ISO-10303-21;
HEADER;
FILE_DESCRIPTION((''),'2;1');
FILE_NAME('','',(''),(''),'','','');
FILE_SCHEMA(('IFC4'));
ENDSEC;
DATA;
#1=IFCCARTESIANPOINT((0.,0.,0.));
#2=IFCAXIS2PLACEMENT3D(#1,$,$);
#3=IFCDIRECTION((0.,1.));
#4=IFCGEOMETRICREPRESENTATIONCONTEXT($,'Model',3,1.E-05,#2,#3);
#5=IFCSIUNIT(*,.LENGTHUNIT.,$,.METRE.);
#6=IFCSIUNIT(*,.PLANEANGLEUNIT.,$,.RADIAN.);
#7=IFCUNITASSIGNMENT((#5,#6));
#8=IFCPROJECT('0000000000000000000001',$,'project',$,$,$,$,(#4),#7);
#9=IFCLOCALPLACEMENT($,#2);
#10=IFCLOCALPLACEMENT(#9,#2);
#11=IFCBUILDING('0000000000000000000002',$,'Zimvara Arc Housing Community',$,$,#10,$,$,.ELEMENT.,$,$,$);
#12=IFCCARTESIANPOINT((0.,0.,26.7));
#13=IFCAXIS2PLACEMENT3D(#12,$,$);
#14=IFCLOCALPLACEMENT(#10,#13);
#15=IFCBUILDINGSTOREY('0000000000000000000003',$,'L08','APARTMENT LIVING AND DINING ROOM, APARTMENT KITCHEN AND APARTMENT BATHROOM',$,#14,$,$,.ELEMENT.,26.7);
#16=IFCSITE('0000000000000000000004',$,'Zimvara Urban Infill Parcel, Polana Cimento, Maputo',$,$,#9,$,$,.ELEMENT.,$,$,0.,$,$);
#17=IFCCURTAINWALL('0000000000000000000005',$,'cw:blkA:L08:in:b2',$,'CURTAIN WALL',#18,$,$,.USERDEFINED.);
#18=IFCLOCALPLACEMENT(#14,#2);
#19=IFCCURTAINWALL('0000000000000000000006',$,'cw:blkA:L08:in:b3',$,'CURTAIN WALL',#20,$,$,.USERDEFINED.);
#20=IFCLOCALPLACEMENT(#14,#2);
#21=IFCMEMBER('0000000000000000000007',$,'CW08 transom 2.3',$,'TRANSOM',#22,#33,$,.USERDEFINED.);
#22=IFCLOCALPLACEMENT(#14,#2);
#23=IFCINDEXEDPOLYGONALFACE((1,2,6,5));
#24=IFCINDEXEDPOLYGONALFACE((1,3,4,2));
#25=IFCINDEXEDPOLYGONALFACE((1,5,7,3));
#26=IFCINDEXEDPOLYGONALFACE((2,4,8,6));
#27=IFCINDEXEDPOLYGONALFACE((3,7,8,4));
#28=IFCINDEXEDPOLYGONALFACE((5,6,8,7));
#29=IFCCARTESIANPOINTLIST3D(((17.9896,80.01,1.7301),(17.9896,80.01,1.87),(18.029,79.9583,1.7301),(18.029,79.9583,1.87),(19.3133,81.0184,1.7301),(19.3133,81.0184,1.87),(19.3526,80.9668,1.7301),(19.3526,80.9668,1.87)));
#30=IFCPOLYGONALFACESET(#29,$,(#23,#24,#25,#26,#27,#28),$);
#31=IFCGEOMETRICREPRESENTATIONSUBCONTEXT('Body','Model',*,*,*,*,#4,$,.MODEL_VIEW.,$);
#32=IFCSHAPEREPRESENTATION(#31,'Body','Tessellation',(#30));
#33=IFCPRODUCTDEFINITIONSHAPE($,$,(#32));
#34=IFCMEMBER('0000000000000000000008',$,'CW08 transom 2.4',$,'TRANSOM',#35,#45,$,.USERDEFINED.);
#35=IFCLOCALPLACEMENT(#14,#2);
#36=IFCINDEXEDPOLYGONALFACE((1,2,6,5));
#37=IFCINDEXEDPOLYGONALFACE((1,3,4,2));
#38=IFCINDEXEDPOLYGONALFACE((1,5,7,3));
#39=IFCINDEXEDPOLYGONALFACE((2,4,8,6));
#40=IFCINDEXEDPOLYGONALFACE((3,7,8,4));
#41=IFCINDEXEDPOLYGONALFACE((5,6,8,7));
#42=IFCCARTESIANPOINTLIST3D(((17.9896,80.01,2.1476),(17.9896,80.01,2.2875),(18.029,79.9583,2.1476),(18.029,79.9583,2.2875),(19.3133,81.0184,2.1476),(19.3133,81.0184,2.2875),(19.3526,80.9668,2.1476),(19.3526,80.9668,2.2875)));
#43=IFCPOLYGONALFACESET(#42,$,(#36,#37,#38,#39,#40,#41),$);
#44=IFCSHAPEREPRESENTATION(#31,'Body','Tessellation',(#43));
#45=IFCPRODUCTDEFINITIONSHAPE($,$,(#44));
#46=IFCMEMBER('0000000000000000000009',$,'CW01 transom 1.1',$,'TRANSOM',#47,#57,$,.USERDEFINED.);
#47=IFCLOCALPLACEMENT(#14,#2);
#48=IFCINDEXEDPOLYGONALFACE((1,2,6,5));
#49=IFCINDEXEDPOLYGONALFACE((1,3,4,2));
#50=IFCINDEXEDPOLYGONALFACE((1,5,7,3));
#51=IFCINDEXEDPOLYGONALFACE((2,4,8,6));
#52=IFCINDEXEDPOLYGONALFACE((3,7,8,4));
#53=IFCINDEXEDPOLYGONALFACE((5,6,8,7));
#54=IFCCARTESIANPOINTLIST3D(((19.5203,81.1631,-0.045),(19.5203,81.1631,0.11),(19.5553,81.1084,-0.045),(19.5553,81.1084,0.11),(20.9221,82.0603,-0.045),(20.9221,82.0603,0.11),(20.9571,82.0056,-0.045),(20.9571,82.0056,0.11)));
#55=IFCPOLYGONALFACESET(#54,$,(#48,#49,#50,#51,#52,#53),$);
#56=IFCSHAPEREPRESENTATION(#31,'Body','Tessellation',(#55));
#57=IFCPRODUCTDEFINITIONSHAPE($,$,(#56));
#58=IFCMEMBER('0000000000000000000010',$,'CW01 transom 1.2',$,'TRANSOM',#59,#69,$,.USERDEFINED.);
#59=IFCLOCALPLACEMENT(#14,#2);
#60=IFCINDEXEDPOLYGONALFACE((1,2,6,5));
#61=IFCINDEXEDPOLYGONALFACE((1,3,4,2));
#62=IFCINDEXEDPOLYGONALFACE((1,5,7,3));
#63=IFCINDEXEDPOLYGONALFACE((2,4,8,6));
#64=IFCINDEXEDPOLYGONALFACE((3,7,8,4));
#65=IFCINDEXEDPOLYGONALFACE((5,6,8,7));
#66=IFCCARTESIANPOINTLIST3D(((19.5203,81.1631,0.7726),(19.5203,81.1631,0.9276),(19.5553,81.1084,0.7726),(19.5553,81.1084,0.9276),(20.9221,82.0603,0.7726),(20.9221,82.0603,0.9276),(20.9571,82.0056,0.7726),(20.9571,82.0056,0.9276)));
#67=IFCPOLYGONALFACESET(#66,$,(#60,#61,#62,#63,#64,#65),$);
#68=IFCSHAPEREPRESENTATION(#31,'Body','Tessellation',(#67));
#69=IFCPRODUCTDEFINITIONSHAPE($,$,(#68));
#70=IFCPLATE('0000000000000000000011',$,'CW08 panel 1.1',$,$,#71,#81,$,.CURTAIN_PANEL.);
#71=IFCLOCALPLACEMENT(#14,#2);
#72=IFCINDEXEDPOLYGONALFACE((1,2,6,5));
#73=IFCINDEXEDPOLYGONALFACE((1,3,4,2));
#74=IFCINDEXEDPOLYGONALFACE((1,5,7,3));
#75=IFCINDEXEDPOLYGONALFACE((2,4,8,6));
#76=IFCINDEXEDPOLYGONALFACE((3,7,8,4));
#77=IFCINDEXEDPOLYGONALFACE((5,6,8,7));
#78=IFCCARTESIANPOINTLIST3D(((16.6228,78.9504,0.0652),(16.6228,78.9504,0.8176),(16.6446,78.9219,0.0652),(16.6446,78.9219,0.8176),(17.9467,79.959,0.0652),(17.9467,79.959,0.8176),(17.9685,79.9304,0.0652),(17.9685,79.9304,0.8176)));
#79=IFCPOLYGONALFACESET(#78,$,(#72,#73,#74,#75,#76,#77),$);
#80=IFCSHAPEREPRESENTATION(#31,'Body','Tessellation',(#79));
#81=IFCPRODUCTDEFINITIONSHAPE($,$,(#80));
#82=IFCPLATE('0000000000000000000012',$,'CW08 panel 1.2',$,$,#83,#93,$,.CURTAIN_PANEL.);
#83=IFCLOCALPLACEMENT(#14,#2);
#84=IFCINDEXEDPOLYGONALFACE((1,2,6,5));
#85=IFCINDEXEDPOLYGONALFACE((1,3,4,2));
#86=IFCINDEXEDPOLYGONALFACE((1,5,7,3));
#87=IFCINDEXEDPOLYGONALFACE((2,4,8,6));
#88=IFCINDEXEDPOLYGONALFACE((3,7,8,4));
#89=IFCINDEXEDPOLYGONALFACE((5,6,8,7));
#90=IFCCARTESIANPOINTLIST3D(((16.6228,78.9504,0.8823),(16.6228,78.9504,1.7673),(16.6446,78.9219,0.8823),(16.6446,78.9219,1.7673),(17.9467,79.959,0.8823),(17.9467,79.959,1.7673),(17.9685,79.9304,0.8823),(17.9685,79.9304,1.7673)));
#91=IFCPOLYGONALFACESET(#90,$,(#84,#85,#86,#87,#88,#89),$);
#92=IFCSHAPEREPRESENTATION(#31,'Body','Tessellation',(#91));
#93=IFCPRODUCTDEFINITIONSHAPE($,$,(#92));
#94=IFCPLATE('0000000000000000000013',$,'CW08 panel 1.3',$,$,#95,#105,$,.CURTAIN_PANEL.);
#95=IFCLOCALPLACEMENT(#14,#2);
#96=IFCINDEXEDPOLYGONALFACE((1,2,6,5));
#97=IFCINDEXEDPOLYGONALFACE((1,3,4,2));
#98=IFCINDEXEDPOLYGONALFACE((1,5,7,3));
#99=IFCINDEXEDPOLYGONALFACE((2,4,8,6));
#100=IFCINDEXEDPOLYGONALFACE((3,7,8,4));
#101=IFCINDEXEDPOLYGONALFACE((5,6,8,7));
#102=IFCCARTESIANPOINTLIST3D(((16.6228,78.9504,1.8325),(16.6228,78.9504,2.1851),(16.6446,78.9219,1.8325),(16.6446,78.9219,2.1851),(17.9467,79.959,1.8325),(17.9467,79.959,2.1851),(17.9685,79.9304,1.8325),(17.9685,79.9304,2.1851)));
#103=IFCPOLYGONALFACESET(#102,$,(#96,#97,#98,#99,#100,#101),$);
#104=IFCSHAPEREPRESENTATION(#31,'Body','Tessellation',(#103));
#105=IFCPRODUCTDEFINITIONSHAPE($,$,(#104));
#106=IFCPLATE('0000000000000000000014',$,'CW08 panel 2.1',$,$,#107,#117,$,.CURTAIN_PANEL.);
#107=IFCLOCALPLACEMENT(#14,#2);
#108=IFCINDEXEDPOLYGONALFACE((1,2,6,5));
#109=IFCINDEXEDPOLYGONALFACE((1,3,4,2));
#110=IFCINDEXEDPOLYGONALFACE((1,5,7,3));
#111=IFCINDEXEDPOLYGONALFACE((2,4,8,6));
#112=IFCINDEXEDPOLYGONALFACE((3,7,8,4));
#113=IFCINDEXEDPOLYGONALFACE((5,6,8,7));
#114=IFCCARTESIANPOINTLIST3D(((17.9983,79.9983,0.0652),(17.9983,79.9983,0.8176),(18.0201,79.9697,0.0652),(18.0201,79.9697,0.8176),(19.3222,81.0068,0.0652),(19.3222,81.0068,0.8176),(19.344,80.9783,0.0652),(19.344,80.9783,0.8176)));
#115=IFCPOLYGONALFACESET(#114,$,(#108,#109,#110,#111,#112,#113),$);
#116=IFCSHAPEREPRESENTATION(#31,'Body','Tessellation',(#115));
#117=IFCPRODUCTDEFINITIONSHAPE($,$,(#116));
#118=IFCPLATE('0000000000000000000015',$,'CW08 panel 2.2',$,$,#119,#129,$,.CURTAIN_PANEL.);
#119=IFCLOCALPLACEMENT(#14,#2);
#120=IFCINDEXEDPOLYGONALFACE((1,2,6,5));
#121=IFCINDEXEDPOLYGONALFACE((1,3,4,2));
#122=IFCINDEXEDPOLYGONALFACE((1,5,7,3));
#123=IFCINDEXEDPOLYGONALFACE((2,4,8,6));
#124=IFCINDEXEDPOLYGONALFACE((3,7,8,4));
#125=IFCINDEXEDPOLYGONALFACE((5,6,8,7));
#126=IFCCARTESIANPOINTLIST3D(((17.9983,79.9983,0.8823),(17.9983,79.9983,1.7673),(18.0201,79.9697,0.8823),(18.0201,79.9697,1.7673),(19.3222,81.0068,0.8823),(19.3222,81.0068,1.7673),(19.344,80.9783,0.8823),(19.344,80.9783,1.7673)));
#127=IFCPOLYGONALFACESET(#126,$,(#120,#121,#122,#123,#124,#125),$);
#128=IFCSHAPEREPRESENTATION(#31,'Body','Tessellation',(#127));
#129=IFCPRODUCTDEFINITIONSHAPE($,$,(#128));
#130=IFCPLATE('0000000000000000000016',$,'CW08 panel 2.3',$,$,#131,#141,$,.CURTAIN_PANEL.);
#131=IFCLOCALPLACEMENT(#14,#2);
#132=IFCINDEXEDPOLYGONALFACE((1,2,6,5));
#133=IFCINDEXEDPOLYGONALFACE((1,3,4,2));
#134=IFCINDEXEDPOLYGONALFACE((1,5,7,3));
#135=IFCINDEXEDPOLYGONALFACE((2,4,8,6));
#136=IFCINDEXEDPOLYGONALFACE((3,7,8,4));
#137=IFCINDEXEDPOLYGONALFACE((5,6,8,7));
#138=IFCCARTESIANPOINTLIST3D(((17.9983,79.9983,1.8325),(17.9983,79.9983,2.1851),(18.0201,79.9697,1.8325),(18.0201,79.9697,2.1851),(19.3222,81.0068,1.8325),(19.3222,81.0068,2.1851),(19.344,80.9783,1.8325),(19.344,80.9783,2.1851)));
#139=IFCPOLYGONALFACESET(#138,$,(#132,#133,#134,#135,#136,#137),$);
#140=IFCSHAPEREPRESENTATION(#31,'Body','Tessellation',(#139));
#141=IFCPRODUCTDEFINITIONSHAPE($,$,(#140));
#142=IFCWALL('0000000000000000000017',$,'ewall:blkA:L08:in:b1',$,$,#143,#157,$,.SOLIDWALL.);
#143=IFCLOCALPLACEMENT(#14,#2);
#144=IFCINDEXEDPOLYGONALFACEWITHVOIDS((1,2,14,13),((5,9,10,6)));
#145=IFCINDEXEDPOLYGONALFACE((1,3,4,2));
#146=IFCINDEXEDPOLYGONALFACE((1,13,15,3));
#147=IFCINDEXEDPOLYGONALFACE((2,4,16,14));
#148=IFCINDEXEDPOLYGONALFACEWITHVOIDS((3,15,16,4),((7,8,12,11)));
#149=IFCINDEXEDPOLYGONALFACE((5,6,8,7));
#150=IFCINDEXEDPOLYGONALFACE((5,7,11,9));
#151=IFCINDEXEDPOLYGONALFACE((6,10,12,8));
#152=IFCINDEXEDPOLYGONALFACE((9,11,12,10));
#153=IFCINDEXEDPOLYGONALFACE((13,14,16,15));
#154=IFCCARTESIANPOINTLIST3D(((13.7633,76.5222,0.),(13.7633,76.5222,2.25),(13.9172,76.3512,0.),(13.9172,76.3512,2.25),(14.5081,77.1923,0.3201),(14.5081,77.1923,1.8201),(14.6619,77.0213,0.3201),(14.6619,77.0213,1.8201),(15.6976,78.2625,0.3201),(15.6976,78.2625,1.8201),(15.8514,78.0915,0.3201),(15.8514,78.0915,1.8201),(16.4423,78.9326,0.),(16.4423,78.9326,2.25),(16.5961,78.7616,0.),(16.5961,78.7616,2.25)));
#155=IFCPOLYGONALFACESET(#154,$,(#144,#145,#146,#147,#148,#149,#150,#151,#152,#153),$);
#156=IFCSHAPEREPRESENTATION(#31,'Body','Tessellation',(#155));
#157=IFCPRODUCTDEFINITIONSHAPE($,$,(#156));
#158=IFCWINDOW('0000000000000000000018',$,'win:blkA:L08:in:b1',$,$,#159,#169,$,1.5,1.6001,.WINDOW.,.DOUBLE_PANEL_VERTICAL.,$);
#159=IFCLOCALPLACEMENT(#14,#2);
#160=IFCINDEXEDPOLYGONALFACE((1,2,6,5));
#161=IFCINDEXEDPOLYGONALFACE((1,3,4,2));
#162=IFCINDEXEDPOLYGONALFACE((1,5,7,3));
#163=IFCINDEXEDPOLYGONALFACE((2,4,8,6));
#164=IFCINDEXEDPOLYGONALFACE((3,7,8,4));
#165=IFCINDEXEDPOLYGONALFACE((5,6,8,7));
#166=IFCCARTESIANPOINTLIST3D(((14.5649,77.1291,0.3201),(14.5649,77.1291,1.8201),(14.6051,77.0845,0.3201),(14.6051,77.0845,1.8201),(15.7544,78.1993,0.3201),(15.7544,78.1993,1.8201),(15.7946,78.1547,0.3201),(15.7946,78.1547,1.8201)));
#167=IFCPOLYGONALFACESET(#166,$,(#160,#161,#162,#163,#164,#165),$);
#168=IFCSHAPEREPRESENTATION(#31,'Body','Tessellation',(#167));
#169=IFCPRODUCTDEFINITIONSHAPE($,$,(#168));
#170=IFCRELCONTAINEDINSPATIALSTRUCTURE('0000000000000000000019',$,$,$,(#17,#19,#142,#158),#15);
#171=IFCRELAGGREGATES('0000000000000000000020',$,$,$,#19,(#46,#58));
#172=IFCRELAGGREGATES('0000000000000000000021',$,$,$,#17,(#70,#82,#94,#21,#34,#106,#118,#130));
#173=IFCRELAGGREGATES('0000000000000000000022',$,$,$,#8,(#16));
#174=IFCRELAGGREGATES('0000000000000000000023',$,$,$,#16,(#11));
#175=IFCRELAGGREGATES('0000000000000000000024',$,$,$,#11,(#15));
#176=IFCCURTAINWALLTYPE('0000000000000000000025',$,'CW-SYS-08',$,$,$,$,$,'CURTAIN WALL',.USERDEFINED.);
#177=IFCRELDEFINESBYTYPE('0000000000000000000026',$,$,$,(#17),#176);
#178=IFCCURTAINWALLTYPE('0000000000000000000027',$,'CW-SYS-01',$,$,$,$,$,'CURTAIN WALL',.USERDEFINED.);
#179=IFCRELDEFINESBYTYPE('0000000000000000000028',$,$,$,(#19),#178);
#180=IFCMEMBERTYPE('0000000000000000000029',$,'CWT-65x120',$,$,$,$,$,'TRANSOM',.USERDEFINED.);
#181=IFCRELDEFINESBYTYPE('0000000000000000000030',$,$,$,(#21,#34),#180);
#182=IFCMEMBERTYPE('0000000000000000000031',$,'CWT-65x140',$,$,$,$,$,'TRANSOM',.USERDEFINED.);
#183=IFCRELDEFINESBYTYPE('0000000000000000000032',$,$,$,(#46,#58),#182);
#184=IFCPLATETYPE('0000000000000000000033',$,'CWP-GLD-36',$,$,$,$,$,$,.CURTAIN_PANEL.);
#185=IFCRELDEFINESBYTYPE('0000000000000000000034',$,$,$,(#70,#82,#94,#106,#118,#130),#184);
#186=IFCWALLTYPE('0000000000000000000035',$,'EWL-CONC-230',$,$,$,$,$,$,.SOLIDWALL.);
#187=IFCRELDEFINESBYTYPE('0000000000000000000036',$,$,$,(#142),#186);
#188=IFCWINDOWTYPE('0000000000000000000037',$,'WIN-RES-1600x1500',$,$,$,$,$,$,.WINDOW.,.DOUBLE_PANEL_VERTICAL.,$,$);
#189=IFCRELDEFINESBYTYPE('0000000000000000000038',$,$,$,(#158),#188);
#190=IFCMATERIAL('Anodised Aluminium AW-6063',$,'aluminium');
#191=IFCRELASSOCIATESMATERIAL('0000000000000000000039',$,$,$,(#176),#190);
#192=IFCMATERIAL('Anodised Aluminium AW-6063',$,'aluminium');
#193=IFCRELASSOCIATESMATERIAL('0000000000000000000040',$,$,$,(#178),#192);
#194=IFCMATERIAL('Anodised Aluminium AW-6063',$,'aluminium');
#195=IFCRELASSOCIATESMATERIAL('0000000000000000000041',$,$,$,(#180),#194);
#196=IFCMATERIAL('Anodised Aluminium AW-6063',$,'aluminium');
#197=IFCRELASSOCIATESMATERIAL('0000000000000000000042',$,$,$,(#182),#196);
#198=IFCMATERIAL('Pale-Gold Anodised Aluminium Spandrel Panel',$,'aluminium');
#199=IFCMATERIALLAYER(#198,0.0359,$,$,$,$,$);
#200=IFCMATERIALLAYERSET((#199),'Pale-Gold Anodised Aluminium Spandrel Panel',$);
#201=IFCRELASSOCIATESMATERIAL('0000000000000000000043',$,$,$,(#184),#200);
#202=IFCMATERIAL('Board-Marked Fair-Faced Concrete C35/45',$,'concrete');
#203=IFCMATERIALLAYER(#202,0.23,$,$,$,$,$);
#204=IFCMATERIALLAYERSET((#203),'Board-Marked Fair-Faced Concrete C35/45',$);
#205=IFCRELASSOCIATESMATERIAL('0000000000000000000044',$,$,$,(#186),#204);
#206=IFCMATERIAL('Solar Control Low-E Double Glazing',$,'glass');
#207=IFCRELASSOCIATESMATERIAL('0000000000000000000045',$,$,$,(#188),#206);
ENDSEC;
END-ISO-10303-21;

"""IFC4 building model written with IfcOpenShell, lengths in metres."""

from ifc_helpers import new_model, si_unit, direction, frame, frame_2d, origin, origin_2d, place, context, subcontext, project, spatial, rectangle, extrude, material, layer, layer_set, material_profile, profile_set, type_object, element, fill, aggregate, save


model = new_model("IFC4")

# Units and contexts
model_context = context("Model", 3, precision=1e-05, world=origin(), true_north=direction((0.0, 1.0)))
body_context = subcontext(model_context, "Body", "Model", "MODEL_VIEW")
ifc_project = project(units=[si_unit("LENGTHUNIT", "METRE"), si_unit("PLANEANGLEUNIT", "RADIAN")], contexts=[model_context])

# Site, building, storey
site_placement = place(None, origin())
site = spatial("IfcSite", under=ifc_project, at=site_placement, Name="Zimvara Urban Infill Parcel, Polana Cimento, Maputo", CompositionType="ELEMENT", RefElevation=0.0)
building_placement = place(site_placement, origin())
building = spatial("IfcBuilding", under=site, at=building_placement, Name="Zimvara Arc Housing Community", CompositionType="ELEMENT")
storey_placement = place(building_placement, frame((0.0, 0.0, 26.7)))
storey = spatial("IfcBuildingStorey", under=building, at=storey_placement, Name="L08", Description="APARTMENT LIVING AND DINING ROOM, APARTMENT KITCHEN AND APARTMENT BATHROOM", CompositionType="ELEMENT", Elevation=26.7)

# Curtain wall
ifc_material_1 = material(Name="Anodised Aluminium AW-6063", Category="aluminium")
curtain_wall_type_1 = type_object("IfcCurtainWallType", Name="CW-SYS-08", ElementType="CURTAIN WALL", PredefinedType="USERDEFINED", material=ifc_material_1)
curtain_wall_1_placement = place(storey_placement, origin())
curtain_wall_1 = element("IfcCurtainWall", 1, at=curtain_wall_1_placement, inside=storey, type_object=curtain_wall_type_1, Name="cw:blkA:L08:in:b2", ObjectType="CURTAIN WALL", PredefinedType="USERDEFINED")

# Curtain wall
ifc_material_2 = material(Name="Anodised Aluminium AW-6063", Category="aluminium")
curtain_wall_type_2 = type_object("IfcCurtainWallType", Name="CW-SYS-01", ElementType="CURTAIN WALL", PredefinedType="USERDEFINED", material=ifc_material_2)
curtain_wall_2_placement = place(storey_placement, origin())
curtain_wall_2 = element("IfcCurtainWall", 2, at=curtain_wall_2_placement, inside=storey, type_object=curtain_wall_type_2, Name="cw:blkA:L08:in:b3", ObjectType="CURTAIN WALL", PredefinedType="USERDEFINED")

# Members
ifc_material_3 = material(Name="Anodised Aluminium AW-6063", Category="aluminium")
ifc_material_profile_1 = material_profile(ifc_material_3, rectangle(XDim=0.0649, YDim=0.1399, at=origin_2d()), Name="ALU 65x140")
ifc_profile_set_1 = profile_set([ifc_material_profile_1], Name="Anodised Aluminium AW-6063")
member_type_1 = type_object("IfcMemberType", Name="CWT-65x120", ElementType="TRANSOM", PredefinedType="USERDEFINED", material=ifc_profile_set_1)
member_1_placement = place(storey_placement, frame((18.0093, 79.9841, 1.8), z_axis=(0.795435, 0.606039, 0.0), x_axis=(-0.606039, 0.795435, 0.0)))
member_1 = element("IfcMember", 3, at=member_1_placement, type_object=member_type_1, Name="CW08 transom 2.3", ObjectType="TRANSOM", PredefinedType="USERDEFINED", context=body_context, shape_type="SweptSolid", body=[
    extrude(rectangle(XDim=0.0649, YDim=0.1399, at=origin_2d()), origin(), (0.0, 0.0, 1.0), 1.6641),
])
member_2_placement = place(storey_placement, frame((18.0093, 79.9841, 2.2175), z_axis=(0.795435, 0.606039, 0.0), x_axis=(-0.606039, 0.795435, 0.0)))
member_2 = element("IfcMember", 4, at=member_2_placement, type_object=member_type_1, Name="CW08 transom 2.4", ObjectType="TRANSOM", PredefinedType="USERDEFINED", context=body_context, shape_type="SweptSolid", body=[
    extrude(rectangle(XDim=0.0649, YDim=0.1399, at=origin_2d()), origin(), (0.0, 0.0, 1.0), 1.6641),
])
ifc_material_4 = material(Name="Anodised Aluminium AW-6063", Category="aluminium")
ifc_material_profile_2 = material_profile(ifc_material_4, rectangle(XDim=0.0649, YDim=0.155, at=origin_2d()), Name="ALU 65x155")
ifc_profile_set_2 = profile_set([ifc_material_profile_2], Name="Anodised Aluminium AW-6063")
member_type_2 = type_object("IfcMemberType", Name="CWT-65x140", ElementType="TRANSOM", PredefinedType="USERDEFINED", material=ifc_profile_set_2)
member_3_placement = place(storey_placement, frame((19.5378, 81.1357, 0.0325), z_axis=(0.842263, 0.539066, 0.0), x_axis=(-0.539066, 0.842263, 0.0)))
member_3 = element("IfcMember", 5, at=member_3_placement, type_object=member_type_2, Name="CW01 transom 1.1", ObjectType="TRANSOM", PredefinedType="USERDEFINED", context=body_context, shape_type="SweptSolid", body=[
    extrude(rectangle(XDim=0.0649, YDim=0.155, at=origin_2d()), origin(), (0.0, 0.0, 1.0), 1.6643),
])
member_4_placement = place(storey_placement, frame((19.5378, 81.1357, 0.8501), z_axis=(0.842263, 0.539066, 0.0), x_axis=(-0.539066, 0.842263, 0.0)))
member_4 = element("IfcMember", 6, at=member_4_placement, type_object=member_type_2, Name="CW01 transom 1.2", ObjectType="TRANSOM", PredefinedType="USERDEFINED", context=body_context, shape_type="SweptSolid", body=[
    extrude(rectangle(XDim=0.0649, YDim=0.155, at=origin_2d()), origin(), (0.0, 0.0, 1.0), 1.6643),
])
aggregate(curtain_wall_2, [member_3, member_4])

# Plates
ifc_material_5 = material(Name="Pale-Gold Anodised Aluminium Spandrel Panel", Category="aluminium")
ifc_layer_1 = layer(ifc_material_5, 0.0359)
ifc_layer_set_1 = layer_set([ifc_layer_1], Name="Pale-Gold Anodised Aluminium Spandrel Panel")
plate_type = type_object("IfcPlateType", Name="CWP-GLD-36", PredefinedType="CURTAIN_PANEL", material=ifc_layer_set_1)
plate_1_placement = place(storey_placement, frame((17.2957, 79.4404, 0.0652), z_axis=(0.0, 0.0, 1.0), x_axis=(0.795474, 0.605988, 0.0)))
plate_1 = element("IfcPlate", 7, at=plate_1_placement, type_object=plate_type, Name="CW08 panel 1.1", PredefinedType="CURTAIN_PANEL", context=body_context, shape_type="SweptSolid", body=[
    extrude(rectangle(XDim=1.6643, YDim=0.0359, at=origin_2d()), origin(), (0.0, 0.0, 1.0), 0.7524),
])
plate_2_placement = place(storey_placement, frame((17.2957, 79.4404, 0.8823), z_axis=(0.0, 0.0, 1.0), x_axis=(0.795474, 0.605988, 0.0)))
plate_2 = element("IfcPlate", 8, at=plate_2_placement, type_object=plate_type, Name="CW08 panel 1.2", PredefinedType="CURTAIN_PANEL", context=body_context, shape_type="SweptSolid", body=[
    extrude(rectangle(XDim=1.6643, YDim=0.0359, at=origin_2d()), origin(), (0.0, 0.0, 1.0), 0.885),
])
plate_3_placement = place(storey_placement, frame((17.2957, 79.4404, 1.8325), z_axis=(0.0, 0.0, 1.0), x_axis=(0.795474, 0.605988, 0.0)))
plate_3 = element("IfcPlate", 9, at=plate_3_placement, type_object=plate_type, Name="CW08 panel 1.3", PredefinedType="CURTAIN_PANEL", context=body_context, shape_type="SweptSolid", body=[
    extrude(rectangle(XDim=1.6643, YDim=0.0359, at=origin_2d()), origin(), (0.0, 0.0, 1.0), 0.3525),
])
plate_4_placement = place(storey_placement, frame((18.6711, 80.4883, 0.0652), z_axis=(0.0, 0.0, 1.0), x_axis=(0.795474, 0.605988, 0.0)))
plate_4 = element("IfcPlate", 10, at=plate_4_placement, type_object=plate_type, Name="CW08 panel 2.1", PredefinedType="CURTAIN_PANEL", context=body_context, shape_type="SweptSolid", body=[
    extrude(rectangle(XDim=1.6643, YDim=0.0359, at=origin_2d()), origin(), (0.0, 0.0, 1.0), 0.7524),
])
plate_5_placement = place(storey_placement, frame((18.6711, 80.4883, 0.8823), z_axis=(0.0, 0.0, 1.0), x_axis=(0.795474, 0.605988, 0.0)))
plate_5 = element("IfcPlate", 11, at=plate_5_placement, type_object=plate_type, Name="CW08 panel 2.2", PredefinedType="CURTAIN_PANEL", context=body_context, shape_type="SweptSolid", body=[
    extrude(rectangle(XDim=1.6643, YDim=0.0359, at=origin_2d()), origin(), (0.0, 0.0, 1.0), 0.885),
])
plate_6_placement = place(storey_placement, frame((18.6711, 80.4883, 1.8325), z_axis=(0.0, 0.0, 1.0), x_axis=(0.795474, 0.605988, 0.0)))
plate_6 = element("IfcPlate", 12, at=plate_6_placement, type_object=plate_type, Name="CW08 panel 2.3", PredefinedType="CURTAIN_PANEL", context=body_context, shape_type="SweptSolid", body=[
    extrude(rectangle(XDim=1.6643, YDim=0.0359, at=origin_2d()), origin(), (0.0, 0.0, 1.0), 0.3525),
])
aggregate(curtain_wall_1, [plate_1, plate_2, plate_3, member_1, member_2, plate_4, plate_5, plate_6])

# Wall, opening, window
ifc_material_6 = material(Name="Board-Marked Fair-Faced Concrete C35/45", Category="concrete")
ifc_layer_2 = layer(ifc_material_6, 0.23)
ifc_layer_set_2 = layer_set([ifc_layer_2], Name="Board-Marked Fair-Faced Concrete C35/45")
wall_type = type_object("IfcWallType", Name="EWL-CONC-230", PredefinedType="SOLIDWALL", material=ifc_layer_set_2)
wall_placement = place(storey_placement, frame((13.8403, 76.4368, 0.0), z_axis=(0.0, 0.0, 1.0), x_axis=(0.743385, 0.668864, 0.0)))
wall = element("IfcWall", 13, at=wall_placement, inside=storey, type_object=wall_type, Name="ewall:blkA:L08:in:b1", PredefinedType="SOLIDWALL", context=body_context, shape_type="SweptSolid", body=[
    extrude(rectangle(XDim=3.6038, YDim=0.23, at=frame_2d((1.8018, 0.0))), origin(), (0.0, 0.0, 1.0), 2.25),
])
opening_placement = place(wall_placement, frame((1.0017, 0.0, 0.3201)))
opening = element("IfcOpeningElement", 14, at=opening_placement, cuts=wall, PredefinedType="OPENING", context=body_context, shape_type="SweptSolid", body=[
    extrude(rectangle(XDim=1.6001, YDim=1.5, at=frame_2d((0.8, 0.75))), frame((0.0, 0.125, 0.0), z_axis=(0.0, -1.0, 0.0), x_axis=(1.0, 0.0, 0.0)), (0.0, 0.0, 1.0), 0.25),
])
ifc_material_7 = material(Name="Solar Control Low-E Double Glazing", Category="glass")
window_type = type_object("IfcWindowType", Name="WIN-RES-1600x1500", PartitioningType="DOUBLE_PANEL_VERTICAL", PredefinedType="WINDOW", material=ifc_material_7)
window_placement = place(opening_placement, origin())
window = element("IfcWindow", 15, at=window_placement, inside=storey, type_object=window_type, Name="win:blkA:L08:in:b1", OverallHeight=1.5, OverallWidth=1.6001, PartitioningType="DOUBLE_PANEL_VERTICAL", PredefinedType="WINDOW", context=body_context, shape_type="SweptSolid", body=[
    extrude(rectangle(XDim=1.6001, YDim=1.5, at=frame_2d((0.8, 0.75))), frame((0.0, 0.03, 0.0), z_axis=(0.0, -1.0, 0.0), x_axis=(1.0, 0.0, 0.0)), (0.0, 0.0, 1.0), 0.0601),
])
fill(opening, window)

save(model, "model.ifc")
